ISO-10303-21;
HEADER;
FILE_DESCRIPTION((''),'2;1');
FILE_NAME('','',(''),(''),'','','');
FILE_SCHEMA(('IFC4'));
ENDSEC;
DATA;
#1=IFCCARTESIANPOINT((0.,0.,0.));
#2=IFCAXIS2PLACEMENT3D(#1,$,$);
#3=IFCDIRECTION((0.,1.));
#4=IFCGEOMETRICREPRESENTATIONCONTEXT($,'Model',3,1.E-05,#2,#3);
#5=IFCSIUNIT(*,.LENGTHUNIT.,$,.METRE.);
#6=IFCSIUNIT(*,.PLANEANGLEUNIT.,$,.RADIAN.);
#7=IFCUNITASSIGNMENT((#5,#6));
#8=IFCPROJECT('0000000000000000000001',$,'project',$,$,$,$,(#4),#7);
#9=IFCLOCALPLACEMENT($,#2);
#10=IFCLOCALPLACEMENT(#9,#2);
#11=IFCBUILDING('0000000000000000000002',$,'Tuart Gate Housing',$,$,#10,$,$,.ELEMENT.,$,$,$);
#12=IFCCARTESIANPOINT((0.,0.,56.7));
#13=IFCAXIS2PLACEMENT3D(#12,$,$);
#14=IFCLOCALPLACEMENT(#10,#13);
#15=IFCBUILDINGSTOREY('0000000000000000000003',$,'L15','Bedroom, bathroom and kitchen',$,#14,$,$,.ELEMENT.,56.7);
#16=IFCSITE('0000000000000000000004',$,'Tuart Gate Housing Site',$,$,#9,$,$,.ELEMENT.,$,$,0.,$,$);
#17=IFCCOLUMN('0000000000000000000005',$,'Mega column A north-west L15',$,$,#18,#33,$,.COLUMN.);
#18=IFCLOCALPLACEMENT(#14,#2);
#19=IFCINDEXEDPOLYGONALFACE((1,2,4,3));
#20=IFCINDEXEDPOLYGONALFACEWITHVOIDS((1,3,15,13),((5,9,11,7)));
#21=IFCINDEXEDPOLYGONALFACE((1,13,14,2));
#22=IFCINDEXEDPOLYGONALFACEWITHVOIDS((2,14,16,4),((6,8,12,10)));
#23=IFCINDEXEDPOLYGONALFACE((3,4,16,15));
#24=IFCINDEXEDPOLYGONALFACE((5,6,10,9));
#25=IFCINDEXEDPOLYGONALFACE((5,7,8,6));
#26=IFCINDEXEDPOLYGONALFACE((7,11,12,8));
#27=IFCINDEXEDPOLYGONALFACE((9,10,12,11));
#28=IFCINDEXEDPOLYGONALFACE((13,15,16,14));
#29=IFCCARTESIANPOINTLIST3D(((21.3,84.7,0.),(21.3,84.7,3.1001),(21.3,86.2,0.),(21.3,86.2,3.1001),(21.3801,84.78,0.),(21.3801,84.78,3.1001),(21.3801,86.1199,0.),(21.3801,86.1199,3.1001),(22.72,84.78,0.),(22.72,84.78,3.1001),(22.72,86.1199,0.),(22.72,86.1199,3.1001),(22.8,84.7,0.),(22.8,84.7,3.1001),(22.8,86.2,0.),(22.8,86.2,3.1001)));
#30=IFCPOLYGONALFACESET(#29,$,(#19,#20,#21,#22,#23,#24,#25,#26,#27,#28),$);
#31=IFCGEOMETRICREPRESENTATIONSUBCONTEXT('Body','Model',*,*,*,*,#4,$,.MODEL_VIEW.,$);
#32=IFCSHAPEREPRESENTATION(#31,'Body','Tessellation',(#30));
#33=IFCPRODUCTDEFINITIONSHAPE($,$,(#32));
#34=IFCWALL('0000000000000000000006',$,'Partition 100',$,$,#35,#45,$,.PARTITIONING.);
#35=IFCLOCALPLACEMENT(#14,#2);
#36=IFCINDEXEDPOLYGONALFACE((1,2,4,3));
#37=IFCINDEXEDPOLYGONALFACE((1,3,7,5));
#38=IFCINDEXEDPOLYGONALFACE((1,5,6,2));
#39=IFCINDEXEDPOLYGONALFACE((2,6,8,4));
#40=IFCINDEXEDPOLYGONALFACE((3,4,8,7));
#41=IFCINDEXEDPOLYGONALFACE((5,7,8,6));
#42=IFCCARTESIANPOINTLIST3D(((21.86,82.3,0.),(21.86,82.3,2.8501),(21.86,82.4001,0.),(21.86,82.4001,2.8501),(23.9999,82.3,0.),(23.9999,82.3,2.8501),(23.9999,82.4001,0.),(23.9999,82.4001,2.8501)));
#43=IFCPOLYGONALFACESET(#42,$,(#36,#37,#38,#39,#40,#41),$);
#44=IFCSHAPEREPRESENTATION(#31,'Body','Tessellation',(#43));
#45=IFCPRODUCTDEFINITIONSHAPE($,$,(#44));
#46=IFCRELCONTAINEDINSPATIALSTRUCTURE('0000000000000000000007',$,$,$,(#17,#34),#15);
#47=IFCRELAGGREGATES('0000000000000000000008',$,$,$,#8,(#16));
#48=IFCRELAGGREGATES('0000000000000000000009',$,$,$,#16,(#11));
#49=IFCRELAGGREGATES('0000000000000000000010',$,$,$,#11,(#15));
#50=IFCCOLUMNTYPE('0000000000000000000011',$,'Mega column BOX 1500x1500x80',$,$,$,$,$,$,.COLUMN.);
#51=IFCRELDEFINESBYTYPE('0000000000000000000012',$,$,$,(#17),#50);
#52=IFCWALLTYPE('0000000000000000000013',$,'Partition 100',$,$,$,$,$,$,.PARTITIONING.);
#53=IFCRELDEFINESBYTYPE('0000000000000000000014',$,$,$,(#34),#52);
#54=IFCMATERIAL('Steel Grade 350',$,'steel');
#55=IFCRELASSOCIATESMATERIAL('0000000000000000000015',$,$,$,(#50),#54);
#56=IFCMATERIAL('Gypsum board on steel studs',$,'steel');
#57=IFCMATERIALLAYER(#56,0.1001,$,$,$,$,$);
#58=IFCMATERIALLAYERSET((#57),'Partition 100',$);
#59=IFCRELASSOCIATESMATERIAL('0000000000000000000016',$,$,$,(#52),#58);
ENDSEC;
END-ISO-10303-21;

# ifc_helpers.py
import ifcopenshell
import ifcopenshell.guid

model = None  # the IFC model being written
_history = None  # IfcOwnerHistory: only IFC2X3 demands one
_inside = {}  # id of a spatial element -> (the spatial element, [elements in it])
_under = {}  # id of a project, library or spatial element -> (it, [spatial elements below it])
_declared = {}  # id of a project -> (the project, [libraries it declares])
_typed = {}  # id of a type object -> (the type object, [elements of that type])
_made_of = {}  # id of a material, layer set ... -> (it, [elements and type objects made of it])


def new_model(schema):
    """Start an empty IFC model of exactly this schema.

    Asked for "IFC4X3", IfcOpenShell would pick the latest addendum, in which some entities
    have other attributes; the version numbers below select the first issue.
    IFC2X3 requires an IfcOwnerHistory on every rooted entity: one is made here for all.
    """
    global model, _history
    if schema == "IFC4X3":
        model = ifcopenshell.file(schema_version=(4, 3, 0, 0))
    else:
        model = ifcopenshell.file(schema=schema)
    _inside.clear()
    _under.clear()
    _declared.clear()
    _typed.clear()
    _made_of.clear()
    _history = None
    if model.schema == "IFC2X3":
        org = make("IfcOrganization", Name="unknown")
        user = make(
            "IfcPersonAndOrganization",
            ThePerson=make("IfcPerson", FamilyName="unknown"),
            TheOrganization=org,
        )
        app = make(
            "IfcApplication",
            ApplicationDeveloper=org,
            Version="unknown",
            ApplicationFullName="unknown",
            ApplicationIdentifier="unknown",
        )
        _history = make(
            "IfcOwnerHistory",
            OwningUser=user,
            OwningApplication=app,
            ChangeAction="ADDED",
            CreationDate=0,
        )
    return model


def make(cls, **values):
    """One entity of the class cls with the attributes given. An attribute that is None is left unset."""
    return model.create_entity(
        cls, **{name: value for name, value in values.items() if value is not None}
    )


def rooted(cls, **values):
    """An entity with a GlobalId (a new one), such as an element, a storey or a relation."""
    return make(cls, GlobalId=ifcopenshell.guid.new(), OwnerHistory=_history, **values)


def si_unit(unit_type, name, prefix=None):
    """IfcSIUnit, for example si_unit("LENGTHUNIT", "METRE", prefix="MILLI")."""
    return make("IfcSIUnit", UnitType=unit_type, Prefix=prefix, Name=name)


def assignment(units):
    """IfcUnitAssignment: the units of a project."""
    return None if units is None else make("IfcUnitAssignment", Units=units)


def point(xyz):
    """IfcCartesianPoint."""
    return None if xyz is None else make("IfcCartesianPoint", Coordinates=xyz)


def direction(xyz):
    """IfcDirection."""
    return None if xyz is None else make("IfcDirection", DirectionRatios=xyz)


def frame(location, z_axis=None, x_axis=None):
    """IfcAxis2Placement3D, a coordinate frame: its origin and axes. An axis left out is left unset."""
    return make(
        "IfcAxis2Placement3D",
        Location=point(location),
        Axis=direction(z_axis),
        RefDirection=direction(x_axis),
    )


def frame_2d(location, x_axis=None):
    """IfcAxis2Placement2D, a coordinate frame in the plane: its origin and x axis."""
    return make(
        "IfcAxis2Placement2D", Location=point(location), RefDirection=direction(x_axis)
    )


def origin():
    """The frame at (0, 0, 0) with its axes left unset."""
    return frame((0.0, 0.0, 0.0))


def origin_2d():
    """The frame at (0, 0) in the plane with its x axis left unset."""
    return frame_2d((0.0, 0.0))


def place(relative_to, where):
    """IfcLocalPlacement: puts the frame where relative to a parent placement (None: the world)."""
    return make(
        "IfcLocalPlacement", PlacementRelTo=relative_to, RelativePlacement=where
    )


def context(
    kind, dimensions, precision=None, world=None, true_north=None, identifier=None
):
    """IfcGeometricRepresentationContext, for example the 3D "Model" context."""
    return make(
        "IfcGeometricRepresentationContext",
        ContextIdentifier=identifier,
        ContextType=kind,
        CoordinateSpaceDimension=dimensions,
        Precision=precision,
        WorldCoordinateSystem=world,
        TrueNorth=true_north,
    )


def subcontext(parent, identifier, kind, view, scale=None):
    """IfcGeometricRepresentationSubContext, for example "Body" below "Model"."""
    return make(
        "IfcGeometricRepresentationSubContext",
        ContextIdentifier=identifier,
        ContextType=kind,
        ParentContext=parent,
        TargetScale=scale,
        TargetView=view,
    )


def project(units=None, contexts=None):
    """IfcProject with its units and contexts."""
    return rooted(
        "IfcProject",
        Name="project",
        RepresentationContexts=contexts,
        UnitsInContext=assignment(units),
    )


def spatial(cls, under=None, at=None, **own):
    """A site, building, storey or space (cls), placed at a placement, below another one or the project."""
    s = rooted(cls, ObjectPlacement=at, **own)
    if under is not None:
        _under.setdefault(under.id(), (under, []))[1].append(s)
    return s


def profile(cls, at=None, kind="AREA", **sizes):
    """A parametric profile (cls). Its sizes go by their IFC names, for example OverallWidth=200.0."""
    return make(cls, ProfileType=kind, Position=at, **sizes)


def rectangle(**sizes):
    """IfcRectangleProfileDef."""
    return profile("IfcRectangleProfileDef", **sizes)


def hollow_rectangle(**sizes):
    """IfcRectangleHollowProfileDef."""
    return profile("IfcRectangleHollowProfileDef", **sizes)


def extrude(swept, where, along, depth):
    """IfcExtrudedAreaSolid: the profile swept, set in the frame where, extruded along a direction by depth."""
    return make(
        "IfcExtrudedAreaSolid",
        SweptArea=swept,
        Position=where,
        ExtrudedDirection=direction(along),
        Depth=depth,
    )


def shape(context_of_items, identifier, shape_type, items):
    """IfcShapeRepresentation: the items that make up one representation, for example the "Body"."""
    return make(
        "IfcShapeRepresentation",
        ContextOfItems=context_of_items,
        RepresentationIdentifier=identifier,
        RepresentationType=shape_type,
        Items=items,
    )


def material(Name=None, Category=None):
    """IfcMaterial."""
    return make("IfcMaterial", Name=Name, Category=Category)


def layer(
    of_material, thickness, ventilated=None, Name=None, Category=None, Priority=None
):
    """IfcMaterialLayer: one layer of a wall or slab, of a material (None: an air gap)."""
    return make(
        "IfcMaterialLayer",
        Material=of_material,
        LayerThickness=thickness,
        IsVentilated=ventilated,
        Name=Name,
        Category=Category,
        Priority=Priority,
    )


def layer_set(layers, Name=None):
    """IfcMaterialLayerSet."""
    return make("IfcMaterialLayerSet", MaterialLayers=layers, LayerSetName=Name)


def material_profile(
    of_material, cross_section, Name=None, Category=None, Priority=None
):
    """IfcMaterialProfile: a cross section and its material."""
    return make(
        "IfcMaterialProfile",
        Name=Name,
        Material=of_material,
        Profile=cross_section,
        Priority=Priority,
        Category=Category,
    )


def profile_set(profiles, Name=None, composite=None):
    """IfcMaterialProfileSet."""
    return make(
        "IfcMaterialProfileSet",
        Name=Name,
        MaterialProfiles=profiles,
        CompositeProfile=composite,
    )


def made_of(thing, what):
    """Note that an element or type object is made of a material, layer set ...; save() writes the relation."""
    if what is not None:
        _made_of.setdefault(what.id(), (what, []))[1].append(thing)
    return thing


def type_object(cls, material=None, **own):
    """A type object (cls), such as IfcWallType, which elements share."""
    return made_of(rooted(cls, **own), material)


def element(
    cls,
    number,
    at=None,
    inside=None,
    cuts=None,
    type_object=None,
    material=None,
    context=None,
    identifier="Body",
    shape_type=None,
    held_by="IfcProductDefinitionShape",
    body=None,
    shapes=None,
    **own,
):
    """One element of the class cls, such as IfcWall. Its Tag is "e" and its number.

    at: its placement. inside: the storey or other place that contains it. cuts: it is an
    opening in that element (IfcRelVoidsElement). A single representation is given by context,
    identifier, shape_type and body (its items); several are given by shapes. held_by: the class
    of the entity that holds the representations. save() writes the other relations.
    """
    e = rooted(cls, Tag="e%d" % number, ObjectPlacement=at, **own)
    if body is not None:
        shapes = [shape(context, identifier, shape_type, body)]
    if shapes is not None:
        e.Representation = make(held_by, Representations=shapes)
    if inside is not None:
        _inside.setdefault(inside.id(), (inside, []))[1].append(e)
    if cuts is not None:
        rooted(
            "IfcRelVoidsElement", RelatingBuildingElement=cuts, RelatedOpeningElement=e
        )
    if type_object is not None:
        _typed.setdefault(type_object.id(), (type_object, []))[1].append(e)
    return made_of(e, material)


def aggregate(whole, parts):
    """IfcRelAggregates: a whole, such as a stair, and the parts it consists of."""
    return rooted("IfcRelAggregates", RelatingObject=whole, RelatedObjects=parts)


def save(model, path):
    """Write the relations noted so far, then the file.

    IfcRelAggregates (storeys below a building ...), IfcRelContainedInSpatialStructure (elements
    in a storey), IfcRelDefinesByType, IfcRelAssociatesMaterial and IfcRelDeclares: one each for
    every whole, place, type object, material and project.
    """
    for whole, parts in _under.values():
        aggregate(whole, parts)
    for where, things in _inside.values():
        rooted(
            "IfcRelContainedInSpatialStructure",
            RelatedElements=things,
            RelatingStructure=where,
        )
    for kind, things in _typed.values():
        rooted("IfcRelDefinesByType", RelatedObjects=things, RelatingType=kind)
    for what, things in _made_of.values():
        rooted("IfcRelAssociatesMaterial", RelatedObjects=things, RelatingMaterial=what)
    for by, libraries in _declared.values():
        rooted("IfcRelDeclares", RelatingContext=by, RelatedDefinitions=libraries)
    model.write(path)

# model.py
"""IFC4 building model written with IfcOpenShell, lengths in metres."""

from ifc_helpers import new_model, si_unit, direction, frame, frame_2d, origin, origin_2d, place, context, subcontext, project, spatial, rectangle, hollow_rectangle, extrude, material, layer, layer_set, material_profile, profile_set, type_object, element, save


model = new_model("IFC4")

# Units and contexts
model_context = context("Model", 3, precision=1e-05, world=origin(), true_north=direction((0.0, 1.0)))
body_context = subcontext(model_context, "Body", "Model", "MODEL_VIEW")
ifc_project = project(units=[si_unit("LENGTHUNIT", "METRE"), si_unit("PLANEANGLEUNIT", "RADIAN")], contexts=[model_context])

# Site, building, storey
site_placement = place(None, origin())
site = spatial("IfcSite", under=ifc_project, at=site_placement, Name="Tuart Gate Housing Site", CompositionType="ELEMENT", RefElevation=0.0)
building_placement = place(site_placement, origin())
building = spatial("IfcBuilding", under=site, at=building_placement, Name="Tuart Gate Housing", CompositionType="ELEMENT")
storey_placement = place(building_placement, frame((0.0, 0.0, 56.7)))
storey = spatial("IfcBuildingStorey", under=building, at=storey_placement, Name="L15", Description="Bedroom, bathroom and kitchen", CompositionType="ELEMENT", Elevation=56.7)

# Column
ifc_material_1 = material(Name="Steel Grade 350", Category="steel")
ifc_material_profile = material_profile(ifc_material_1, hollow_rectangle(XDim=1.5, YDim=1.5, WallThickness=0.0801, at=origin_2d()), Name="BOX 1500x1500x80")
ifc_profile_set = profile_set([ifc_material_profile], Name="Steel Grade 350")
column_type = type_object("IfcColumnType", Name="Mega column BOX 1500x1500x80", PredefinedType="COLUMN", material=ifc_profile_set)
column_placement = place(storey_placement, frame((22.05, 85.45, 0.0), z_axis=(0.0, 0.0, 1.0), x_axis=(1.0, 0.0, 0.0)))
element("IfcColumn", 1, at=column_placement, inside=storey, type_object=column_type, Name="Mega column A north-west L15", PredefinedType="COLUMN", context=body_context, shape_type="SweptSolid", body=[
    extrude(hollow_rectangle(XDim=1.5, YDim=1.5, WallThickness=0.0801, at=origin_2d()), origin(), (0.0, 0.0, 1.0), 3.1001),
])

# Wall
ifc_material_2 = material(Name="Gypsum board on steel studs", Category="steel")
ifc_layer_1 = layer(ifc_material_2, 0.1001)
ifc_layer_set_1 = layer_set([ifc_layer_1], Name="Partition 100")
wall_type_1 = type_object("IfcWallType", Name="Partition 100", PredefinedType="PARTITIONING", material=ifc_layer_set_1)
wall_1_placement = place(storey_placement, frame((21.8601, 82.3501, 0.0), z_axis=(0.0, 0.0, 1.0), x_axis=(1.0, 0.0, 0.0)))
element("IfcWall", 2, at=wall_1_placement, inside=storey, type_object=wall_type_1, Name="Partition 100", PredefinedType="PARTITIONING", context=body_context, shape_type="SweptSolid", body=[
    extrude(rectangle(XDim=2.1399, YDim=0.1001, at=frame_2d((1.0698, 0.0))), origin(), (0.0, 0.0, 1.0), 2.8501),
])

save(model, "model.ifc")
